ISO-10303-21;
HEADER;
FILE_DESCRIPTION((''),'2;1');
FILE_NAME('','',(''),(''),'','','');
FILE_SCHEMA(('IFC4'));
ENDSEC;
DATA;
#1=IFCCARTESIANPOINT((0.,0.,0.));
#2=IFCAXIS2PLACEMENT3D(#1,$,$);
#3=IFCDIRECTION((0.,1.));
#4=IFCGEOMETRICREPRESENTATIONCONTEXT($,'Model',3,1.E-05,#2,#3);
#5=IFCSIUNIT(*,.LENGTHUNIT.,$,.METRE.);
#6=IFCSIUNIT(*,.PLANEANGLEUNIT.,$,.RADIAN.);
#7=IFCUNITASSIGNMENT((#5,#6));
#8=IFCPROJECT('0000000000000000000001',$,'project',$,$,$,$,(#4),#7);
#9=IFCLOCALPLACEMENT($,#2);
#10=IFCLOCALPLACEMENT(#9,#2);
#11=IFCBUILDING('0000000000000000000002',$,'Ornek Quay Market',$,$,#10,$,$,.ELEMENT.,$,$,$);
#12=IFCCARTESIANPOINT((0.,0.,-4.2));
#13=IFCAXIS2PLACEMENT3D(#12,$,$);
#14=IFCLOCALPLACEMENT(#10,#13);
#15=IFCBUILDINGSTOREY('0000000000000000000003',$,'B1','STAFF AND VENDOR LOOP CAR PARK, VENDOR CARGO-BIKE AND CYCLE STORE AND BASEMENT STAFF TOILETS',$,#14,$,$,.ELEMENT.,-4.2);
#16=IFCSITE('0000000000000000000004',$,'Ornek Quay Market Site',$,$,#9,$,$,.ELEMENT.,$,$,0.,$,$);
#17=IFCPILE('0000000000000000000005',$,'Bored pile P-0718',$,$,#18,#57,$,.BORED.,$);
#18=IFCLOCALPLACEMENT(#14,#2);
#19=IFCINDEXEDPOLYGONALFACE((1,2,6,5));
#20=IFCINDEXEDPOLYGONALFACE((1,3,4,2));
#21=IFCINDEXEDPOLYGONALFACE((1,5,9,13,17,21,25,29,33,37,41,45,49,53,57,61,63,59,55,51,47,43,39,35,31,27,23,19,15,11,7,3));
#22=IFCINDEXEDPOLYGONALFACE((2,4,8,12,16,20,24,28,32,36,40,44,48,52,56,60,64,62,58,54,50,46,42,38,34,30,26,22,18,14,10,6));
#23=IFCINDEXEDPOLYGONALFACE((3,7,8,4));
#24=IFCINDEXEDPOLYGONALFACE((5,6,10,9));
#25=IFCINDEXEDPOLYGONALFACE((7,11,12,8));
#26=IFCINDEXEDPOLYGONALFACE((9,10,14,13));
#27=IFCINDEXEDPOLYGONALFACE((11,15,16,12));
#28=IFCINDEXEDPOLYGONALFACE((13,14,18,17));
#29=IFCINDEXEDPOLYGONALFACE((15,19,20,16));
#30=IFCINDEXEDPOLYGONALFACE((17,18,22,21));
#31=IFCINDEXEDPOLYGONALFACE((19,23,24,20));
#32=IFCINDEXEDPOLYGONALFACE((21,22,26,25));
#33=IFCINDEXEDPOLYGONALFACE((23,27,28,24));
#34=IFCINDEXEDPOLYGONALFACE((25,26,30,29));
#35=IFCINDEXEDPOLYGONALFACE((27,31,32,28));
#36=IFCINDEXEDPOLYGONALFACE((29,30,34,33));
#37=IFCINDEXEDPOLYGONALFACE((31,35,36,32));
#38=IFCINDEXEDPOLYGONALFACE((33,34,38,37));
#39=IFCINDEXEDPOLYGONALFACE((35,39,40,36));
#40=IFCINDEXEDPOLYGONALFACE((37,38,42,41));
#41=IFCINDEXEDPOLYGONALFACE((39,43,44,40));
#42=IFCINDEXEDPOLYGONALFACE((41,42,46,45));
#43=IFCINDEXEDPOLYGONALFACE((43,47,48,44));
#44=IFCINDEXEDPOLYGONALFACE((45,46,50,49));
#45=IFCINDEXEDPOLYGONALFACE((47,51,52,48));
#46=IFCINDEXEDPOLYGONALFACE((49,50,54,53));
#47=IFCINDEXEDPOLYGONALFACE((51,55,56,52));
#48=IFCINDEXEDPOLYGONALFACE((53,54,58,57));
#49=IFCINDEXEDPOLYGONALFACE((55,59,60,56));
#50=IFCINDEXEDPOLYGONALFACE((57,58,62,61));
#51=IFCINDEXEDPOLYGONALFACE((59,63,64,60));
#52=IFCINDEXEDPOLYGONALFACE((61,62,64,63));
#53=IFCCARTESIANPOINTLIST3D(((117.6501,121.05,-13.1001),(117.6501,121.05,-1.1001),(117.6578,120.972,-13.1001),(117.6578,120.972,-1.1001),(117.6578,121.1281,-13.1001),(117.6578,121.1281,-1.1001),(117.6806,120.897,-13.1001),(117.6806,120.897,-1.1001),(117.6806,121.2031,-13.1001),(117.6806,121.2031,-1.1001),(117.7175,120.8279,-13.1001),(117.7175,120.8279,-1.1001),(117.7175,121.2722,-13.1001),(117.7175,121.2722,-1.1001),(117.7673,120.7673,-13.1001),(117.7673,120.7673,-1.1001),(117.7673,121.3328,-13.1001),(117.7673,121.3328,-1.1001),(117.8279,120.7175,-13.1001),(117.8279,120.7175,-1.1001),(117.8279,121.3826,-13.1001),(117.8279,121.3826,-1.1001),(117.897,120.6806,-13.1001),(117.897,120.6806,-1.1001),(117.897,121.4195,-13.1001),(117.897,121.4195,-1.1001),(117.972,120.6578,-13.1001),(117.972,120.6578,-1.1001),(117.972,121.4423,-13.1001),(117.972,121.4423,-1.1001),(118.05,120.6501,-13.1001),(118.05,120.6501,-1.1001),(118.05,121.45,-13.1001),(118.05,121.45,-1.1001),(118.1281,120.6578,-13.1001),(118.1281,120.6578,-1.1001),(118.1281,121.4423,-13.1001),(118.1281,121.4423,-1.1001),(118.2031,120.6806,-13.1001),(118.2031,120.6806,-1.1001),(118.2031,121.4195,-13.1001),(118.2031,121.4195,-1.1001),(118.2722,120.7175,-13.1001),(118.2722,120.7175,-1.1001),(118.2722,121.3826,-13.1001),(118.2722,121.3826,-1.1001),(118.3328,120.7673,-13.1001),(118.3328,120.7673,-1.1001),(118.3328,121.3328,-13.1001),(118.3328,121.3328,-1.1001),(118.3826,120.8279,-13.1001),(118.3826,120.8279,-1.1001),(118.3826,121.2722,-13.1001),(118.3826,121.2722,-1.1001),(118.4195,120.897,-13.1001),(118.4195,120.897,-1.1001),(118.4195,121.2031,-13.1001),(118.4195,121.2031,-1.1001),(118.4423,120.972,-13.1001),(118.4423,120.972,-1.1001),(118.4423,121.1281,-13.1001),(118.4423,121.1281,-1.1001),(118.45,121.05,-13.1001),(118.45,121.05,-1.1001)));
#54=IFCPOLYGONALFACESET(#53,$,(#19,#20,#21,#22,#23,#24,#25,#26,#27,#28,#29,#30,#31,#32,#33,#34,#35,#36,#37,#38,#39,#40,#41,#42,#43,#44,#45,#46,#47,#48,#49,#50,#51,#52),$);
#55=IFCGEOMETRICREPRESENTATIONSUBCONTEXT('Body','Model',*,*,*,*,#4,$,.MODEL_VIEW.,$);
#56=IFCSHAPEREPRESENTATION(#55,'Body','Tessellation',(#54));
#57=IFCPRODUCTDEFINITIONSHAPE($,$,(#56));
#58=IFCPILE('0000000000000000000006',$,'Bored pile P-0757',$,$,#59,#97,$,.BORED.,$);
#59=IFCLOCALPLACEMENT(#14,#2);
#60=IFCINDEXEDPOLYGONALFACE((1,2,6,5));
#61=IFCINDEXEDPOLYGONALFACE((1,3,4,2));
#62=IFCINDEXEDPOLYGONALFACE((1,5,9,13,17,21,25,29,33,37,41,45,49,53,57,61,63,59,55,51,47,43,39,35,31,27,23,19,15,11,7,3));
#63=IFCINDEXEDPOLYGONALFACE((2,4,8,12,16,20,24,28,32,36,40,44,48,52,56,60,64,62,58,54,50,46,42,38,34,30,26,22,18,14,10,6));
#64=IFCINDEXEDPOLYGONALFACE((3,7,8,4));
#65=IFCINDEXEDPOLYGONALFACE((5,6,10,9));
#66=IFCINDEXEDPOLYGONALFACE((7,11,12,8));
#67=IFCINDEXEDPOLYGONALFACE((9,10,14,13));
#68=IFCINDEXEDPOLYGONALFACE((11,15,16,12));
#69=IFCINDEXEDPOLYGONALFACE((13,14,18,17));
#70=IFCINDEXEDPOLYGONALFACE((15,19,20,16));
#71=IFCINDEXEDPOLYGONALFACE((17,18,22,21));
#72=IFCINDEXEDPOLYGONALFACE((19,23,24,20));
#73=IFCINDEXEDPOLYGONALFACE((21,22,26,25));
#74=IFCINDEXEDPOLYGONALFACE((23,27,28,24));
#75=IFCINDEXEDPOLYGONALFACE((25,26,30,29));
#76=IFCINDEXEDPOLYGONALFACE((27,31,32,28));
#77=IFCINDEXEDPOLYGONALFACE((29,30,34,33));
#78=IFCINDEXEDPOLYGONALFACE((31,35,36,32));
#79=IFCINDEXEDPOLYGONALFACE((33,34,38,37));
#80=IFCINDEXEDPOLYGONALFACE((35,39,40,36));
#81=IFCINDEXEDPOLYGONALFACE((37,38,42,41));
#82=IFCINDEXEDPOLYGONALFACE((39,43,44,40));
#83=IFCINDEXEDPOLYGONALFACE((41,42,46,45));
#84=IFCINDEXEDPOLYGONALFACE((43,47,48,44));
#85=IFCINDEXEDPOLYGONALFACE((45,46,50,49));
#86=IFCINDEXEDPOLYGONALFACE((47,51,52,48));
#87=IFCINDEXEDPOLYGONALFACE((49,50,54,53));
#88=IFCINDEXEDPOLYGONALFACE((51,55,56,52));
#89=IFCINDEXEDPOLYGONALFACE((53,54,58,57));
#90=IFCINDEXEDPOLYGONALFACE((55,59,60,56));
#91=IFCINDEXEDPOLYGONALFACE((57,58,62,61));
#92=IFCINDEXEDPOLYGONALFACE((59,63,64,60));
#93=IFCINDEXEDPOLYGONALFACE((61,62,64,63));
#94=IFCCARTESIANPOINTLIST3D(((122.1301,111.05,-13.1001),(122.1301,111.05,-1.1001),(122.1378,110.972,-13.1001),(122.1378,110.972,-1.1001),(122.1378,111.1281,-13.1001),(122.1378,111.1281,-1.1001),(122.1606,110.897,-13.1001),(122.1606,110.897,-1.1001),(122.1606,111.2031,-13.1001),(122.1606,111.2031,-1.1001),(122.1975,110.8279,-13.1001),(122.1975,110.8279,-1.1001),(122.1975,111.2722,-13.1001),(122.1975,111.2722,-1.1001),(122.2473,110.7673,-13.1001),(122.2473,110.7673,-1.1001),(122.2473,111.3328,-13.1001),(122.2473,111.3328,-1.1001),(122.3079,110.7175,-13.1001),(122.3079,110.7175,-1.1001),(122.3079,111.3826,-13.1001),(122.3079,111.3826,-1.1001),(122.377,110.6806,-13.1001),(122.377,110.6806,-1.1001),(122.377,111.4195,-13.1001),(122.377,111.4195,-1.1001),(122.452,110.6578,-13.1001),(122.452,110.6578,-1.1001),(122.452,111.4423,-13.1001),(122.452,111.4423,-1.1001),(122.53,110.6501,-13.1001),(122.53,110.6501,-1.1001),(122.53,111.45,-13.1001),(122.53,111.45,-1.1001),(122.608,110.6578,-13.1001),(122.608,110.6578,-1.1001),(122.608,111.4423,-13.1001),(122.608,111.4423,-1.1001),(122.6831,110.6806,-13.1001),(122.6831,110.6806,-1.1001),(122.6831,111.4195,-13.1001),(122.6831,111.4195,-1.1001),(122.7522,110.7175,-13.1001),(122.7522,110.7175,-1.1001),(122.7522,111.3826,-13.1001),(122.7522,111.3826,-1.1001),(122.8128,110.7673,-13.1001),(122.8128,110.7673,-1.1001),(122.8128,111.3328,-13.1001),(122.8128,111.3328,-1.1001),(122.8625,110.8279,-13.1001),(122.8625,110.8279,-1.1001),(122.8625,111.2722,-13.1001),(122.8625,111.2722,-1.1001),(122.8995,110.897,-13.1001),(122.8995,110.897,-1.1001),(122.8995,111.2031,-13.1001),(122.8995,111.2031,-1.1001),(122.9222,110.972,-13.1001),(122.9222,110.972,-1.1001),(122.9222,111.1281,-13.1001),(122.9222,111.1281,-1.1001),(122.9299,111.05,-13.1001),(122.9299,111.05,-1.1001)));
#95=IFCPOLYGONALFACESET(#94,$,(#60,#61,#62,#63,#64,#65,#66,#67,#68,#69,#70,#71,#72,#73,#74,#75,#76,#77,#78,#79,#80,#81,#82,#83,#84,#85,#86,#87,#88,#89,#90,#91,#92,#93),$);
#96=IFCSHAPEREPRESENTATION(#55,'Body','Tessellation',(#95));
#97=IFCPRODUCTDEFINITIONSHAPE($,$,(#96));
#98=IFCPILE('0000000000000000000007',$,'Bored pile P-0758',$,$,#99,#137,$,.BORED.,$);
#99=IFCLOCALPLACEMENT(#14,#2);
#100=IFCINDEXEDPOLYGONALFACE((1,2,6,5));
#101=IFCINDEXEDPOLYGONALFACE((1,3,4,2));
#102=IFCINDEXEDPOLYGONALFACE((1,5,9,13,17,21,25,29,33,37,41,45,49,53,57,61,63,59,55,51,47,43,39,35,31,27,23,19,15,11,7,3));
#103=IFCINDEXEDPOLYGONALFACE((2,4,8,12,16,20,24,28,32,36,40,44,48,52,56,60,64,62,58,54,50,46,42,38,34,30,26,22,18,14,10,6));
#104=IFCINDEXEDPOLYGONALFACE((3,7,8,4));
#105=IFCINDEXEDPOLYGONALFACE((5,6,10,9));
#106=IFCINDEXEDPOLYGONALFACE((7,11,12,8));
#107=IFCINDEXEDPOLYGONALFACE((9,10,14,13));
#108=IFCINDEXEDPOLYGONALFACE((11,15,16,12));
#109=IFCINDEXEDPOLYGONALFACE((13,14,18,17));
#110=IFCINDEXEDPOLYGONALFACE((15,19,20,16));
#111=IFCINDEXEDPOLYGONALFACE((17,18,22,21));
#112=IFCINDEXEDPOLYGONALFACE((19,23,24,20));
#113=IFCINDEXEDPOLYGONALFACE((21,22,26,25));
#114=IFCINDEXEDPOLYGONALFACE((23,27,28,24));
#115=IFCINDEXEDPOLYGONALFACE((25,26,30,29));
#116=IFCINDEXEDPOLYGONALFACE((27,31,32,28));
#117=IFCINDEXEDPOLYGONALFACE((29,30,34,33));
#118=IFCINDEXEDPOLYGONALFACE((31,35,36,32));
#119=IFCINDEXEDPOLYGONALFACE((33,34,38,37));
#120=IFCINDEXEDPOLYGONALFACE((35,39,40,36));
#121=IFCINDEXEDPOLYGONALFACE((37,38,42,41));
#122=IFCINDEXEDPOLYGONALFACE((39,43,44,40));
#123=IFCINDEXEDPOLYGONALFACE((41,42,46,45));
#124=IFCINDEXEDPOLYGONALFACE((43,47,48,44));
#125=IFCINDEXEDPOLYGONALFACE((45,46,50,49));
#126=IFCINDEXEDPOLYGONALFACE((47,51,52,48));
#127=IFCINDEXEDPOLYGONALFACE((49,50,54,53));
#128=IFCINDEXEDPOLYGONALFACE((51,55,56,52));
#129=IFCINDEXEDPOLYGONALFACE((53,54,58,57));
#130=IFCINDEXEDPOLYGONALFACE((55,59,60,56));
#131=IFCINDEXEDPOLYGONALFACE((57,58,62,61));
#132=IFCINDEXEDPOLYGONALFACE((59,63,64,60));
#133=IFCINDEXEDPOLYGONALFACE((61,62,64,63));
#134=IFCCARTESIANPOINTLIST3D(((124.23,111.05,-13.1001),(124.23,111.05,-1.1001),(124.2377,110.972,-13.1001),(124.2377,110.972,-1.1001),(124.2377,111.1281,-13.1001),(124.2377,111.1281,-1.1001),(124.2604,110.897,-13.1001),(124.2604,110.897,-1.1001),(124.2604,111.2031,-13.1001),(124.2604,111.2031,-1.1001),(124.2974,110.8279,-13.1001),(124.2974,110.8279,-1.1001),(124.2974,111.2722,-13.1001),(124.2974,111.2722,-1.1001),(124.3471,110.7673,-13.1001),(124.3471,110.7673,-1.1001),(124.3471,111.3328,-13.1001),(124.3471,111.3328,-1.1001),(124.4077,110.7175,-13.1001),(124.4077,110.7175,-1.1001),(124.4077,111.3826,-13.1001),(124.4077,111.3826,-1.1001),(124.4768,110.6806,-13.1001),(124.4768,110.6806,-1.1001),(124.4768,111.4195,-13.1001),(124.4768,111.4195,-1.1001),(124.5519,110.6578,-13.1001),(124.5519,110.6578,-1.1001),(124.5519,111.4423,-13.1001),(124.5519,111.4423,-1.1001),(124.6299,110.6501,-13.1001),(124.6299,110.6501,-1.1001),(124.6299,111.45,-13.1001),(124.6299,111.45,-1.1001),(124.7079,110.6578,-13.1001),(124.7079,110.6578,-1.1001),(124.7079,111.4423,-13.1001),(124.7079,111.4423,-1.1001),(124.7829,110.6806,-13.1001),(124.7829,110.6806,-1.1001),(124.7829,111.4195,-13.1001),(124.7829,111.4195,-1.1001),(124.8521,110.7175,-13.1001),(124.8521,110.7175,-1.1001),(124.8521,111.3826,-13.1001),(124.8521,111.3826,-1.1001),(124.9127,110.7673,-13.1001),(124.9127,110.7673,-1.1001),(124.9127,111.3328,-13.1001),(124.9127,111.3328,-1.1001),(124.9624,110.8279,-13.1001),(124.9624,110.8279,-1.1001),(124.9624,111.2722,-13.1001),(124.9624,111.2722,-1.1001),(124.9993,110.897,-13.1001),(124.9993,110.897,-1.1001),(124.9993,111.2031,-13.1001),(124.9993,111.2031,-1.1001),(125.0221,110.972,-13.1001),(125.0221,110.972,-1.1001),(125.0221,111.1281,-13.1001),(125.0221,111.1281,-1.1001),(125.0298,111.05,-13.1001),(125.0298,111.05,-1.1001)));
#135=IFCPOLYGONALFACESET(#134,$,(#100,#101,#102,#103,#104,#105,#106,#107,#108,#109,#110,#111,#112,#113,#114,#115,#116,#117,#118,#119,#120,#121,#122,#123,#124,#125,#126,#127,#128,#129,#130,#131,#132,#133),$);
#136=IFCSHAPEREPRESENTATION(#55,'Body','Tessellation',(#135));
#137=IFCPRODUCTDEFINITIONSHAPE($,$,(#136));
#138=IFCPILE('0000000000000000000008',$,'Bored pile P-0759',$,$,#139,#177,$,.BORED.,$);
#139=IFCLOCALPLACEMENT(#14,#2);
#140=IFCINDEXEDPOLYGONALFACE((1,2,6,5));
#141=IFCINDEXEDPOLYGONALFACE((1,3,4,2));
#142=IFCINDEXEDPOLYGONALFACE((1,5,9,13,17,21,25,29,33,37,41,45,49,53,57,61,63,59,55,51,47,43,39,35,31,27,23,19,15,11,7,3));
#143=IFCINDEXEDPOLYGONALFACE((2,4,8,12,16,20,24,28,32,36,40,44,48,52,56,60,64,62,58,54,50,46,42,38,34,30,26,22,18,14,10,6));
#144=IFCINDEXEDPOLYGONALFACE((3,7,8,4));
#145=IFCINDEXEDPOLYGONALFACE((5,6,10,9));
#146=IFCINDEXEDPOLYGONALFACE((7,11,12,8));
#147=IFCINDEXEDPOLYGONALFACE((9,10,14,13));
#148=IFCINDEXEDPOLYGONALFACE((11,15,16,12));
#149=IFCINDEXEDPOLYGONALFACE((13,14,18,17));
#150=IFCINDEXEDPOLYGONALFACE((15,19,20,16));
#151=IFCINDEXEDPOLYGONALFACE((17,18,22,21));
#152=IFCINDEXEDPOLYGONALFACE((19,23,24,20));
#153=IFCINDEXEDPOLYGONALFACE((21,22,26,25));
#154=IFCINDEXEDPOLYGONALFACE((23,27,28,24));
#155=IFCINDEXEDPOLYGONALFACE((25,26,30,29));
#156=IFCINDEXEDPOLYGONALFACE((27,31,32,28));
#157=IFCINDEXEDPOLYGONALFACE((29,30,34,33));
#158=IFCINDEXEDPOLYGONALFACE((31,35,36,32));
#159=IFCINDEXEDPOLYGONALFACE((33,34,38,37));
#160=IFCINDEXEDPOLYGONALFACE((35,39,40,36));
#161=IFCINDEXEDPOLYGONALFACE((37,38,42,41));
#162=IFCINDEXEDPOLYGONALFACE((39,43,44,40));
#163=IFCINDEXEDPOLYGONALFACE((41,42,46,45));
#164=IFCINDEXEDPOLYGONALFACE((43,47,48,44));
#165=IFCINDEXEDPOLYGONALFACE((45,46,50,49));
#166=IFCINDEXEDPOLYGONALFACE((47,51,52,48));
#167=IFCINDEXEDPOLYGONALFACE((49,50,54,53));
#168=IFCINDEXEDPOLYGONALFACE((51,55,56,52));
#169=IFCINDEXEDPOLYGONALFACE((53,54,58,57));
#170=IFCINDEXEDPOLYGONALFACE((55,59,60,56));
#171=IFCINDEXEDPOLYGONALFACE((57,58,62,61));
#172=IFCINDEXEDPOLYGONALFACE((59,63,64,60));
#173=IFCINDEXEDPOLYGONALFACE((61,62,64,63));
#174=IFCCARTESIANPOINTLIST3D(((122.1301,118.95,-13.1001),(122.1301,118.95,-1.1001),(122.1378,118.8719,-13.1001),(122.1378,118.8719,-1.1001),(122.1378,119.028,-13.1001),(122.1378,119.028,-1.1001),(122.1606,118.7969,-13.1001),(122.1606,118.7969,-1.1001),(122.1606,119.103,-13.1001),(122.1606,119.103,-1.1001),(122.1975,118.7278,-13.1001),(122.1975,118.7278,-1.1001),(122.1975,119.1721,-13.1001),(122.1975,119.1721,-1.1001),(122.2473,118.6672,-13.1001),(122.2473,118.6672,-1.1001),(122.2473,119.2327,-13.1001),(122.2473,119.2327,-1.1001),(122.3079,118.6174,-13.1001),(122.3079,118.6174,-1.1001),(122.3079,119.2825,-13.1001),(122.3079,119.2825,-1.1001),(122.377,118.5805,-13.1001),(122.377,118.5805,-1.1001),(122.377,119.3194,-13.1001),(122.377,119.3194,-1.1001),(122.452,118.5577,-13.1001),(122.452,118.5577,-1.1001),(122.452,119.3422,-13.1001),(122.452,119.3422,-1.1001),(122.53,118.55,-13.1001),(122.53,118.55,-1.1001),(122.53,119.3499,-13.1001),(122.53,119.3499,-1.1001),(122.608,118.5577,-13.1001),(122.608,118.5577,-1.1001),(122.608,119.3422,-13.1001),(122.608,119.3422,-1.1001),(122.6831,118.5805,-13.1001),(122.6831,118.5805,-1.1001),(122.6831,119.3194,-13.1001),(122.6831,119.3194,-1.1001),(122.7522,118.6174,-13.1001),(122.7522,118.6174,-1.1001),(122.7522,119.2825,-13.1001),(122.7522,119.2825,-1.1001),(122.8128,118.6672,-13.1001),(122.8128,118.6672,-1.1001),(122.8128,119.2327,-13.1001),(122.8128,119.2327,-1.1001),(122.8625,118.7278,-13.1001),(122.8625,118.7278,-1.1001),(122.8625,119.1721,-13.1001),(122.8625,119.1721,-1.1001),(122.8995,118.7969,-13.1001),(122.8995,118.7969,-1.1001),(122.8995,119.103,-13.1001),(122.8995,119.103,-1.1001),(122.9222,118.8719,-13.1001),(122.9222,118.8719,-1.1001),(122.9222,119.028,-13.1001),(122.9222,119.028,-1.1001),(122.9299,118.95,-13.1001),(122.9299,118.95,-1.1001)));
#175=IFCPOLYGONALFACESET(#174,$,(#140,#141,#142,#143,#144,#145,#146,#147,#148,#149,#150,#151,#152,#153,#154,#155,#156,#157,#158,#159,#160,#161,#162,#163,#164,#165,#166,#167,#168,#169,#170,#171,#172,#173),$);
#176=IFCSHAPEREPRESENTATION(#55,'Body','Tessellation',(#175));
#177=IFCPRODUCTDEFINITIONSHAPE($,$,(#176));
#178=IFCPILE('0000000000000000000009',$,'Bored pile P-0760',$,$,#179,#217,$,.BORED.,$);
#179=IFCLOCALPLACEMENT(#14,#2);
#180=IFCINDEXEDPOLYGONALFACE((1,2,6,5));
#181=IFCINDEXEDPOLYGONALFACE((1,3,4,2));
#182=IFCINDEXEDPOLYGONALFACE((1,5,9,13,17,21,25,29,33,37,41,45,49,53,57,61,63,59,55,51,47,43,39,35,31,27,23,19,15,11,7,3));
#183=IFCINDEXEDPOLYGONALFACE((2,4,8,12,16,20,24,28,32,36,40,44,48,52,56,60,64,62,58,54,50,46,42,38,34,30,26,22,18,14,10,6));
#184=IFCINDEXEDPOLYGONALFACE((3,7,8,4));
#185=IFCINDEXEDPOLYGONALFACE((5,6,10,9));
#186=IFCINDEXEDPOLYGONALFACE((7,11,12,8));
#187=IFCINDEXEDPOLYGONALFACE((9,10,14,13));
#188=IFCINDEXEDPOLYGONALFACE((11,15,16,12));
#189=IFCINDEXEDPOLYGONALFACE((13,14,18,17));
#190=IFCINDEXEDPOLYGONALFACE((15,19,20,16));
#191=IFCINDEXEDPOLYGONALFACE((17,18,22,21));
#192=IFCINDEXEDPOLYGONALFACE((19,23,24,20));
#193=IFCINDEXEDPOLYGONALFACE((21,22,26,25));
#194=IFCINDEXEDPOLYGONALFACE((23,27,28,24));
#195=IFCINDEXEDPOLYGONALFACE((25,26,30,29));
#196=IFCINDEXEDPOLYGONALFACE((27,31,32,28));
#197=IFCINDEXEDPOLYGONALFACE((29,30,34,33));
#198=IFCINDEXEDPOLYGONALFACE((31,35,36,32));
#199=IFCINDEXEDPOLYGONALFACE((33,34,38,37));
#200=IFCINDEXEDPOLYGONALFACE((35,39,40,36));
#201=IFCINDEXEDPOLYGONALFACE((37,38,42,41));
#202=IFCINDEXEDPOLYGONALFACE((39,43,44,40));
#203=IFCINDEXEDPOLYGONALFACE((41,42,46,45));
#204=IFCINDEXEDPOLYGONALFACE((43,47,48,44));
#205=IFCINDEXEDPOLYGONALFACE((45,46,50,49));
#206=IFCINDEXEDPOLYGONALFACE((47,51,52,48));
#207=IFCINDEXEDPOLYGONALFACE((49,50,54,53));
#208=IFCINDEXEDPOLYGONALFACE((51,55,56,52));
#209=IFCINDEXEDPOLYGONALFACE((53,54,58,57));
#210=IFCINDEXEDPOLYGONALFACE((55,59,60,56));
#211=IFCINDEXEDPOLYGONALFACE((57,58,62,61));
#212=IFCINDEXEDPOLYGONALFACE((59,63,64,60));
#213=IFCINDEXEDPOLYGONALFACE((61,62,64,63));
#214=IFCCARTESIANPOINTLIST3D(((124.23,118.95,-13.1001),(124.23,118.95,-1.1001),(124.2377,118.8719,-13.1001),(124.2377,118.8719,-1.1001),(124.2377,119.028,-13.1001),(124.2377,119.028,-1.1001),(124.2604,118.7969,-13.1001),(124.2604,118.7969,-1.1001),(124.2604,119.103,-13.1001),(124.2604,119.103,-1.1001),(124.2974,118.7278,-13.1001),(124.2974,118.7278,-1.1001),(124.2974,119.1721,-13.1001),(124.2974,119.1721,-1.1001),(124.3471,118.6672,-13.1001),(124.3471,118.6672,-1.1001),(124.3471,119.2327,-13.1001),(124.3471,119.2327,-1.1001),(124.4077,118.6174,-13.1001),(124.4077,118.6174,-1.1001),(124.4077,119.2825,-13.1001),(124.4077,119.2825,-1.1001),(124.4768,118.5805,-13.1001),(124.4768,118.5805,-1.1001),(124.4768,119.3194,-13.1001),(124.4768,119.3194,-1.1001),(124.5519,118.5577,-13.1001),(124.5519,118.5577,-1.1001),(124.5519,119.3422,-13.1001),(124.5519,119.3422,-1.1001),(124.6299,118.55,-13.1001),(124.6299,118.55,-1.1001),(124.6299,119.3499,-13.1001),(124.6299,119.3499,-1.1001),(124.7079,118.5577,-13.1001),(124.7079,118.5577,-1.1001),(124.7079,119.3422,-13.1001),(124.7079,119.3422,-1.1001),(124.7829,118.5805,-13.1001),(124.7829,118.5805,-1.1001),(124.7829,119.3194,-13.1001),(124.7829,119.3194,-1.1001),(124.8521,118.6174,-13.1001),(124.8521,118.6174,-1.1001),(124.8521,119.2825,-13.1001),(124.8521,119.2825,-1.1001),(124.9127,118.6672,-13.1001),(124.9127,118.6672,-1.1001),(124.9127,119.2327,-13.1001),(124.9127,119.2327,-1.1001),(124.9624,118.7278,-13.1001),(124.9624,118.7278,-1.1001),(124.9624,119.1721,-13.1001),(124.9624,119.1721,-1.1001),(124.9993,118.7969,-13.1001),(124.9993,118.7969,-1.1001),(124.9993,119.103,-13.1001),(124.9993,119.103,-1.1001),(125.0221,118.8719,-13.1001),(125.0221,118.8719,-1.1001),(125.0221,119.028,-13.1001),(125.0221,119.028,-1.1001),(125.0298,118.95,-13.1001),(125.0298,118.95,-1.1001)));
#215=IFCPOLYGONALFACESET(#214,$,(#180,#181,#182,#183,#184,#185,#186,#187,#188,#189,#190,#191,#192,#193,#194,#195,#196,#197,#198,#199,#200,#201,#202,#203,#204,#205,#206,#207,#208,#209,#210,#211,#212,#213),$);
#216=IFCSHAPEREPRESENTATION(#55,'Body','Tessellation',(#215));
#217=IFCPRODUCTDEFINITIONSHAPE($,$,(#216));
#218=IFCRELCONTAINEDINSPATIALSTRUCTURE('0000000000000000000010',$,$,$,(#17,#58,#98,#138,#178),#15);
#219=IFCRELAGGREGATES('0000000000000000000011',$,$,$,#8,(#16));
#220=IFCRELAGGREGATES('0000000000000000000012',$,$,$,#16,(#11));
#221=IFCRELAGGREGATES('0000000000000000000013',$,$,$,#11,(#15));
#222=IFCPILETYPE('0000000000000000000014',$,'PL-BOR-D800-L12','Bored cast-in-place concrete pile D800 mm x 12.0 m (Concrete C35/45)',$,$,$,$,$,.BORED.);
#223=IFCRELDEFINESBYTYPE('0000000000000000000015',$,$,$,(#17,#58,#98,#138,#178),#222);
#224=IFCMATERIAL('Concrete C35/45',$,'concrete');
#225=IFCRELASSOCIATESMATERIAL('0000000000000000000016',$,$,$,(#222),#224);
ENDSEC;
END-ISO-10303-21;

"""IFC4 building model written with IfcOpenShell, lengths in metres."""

from ifc_helpers import new_model, si_unit, direction, frame, origin, origin_2d, place, context, subcontext, project, spatial, circle, extrude, material, material_profile, profile_set, type_object, element, save


model = new_model("IFC4")

# Units and contexts
model_context = context("Model", 3, precision=1e-05, world=origin(), true_north=direction((0.0, 1.0)))
body_context = subcontext(model_context, "Body", "Model", "MODEL_VIEW")
ifc_project = project(units=[si_unit("LENGTHUNIT", "METRE"), si_unit("PLANEANGLEUNIT", "RADIAN")], contexts=[model_context])

# Site, building, storey
site_placement = place(None, origin())
site = spatial("IfcSite", under=ifc_project, at=site_placement, Name="Ornek Quay Market Site", CompositionType="ELEMENT", RefElevation=0.0)
building_placement = place(site_placement, origin())
building = spatial("IfcBuilding", under=site, at=building_placement, Name="Ornek Quay Market", CompositionType="ELEMENT")
storey_placement = place(building_placement, frame((0.0, 0.0, -4.2)))
storey = spatial("IfcBuildingStorey", under=building, at=storey_placement, Name="B1", Description="STAFF AND VENDOR LOOP CAR PARK, VENDOR CARGO-BIKE AND CYCLE STORE AND BASEMENT STAFF TOILETS", CompositionType="ELEMENT", Elevation=-4.2)

# Piles
ifc_material_1 = material(Name="Concrete C35/45", Category="concrete")
ifc_material_profile_1 = material_profile(ifc_material_1, circle(Radius=0.3999, at=origin_2d()), Name="PILE D800", Category="concrete")
ifc_profile_set_1 = profile_set([ifc_material_profile_1], Name="Concrete C35/45")
pile_type_1 = type_object("IfcPileType", Name="PL-BOR-D800-L12", Description="Bored cast-in-place concrete pile D800 mm x 12.0 m (Concrete C35/45)", PredefinedType="BORED", material=ifc_profile_set_1)
for number, where, z_axis, x_axis, name in (
    (1, (118.05, 121.05, -1.1001), (0.0, 0.0, -1.0), (1.0, 0.0, 0.0), "Bored pile P-0718"),
    (2, (122.53, 111.05, -1.1001), (0.0, 0.0, -1.0), (1.0, 0.0, 0.0), "Bored pile P-0757"),
    (3, (124.6299, 111.05, -1.1001), (0.0, 0.0, -1.0), (1.0, 0.0, 0.0), "Bored pile P-0758"),
    (4, (122.53, 118.95, -1.1001), (0.0, 0.0, -1.0), (1.0, 0.0, 0.0), "Bored pile P-0759"),
    (5, (124.6299, 118.95, -1.1001), (0.0, 0.0, -1.0), (1.0, 0.0, 0.0), "Bored pile P-0760"),
):
    element("IfcPile", number, at=place(storey_placement, frame(where, z_axis=z_axis, x_axis=x_axis)), inside=storey, type_object=pile_type_1, Name=name, PredefinedType="BORED", context=body_context, shape_type="SweptSolid", body=[
        extrude(circle(Radius=0.3999, at=origin_2d()), origin(), (0.0, 0.0, 1.0), 12.0),
    ])

save(model, "model.ifc")
